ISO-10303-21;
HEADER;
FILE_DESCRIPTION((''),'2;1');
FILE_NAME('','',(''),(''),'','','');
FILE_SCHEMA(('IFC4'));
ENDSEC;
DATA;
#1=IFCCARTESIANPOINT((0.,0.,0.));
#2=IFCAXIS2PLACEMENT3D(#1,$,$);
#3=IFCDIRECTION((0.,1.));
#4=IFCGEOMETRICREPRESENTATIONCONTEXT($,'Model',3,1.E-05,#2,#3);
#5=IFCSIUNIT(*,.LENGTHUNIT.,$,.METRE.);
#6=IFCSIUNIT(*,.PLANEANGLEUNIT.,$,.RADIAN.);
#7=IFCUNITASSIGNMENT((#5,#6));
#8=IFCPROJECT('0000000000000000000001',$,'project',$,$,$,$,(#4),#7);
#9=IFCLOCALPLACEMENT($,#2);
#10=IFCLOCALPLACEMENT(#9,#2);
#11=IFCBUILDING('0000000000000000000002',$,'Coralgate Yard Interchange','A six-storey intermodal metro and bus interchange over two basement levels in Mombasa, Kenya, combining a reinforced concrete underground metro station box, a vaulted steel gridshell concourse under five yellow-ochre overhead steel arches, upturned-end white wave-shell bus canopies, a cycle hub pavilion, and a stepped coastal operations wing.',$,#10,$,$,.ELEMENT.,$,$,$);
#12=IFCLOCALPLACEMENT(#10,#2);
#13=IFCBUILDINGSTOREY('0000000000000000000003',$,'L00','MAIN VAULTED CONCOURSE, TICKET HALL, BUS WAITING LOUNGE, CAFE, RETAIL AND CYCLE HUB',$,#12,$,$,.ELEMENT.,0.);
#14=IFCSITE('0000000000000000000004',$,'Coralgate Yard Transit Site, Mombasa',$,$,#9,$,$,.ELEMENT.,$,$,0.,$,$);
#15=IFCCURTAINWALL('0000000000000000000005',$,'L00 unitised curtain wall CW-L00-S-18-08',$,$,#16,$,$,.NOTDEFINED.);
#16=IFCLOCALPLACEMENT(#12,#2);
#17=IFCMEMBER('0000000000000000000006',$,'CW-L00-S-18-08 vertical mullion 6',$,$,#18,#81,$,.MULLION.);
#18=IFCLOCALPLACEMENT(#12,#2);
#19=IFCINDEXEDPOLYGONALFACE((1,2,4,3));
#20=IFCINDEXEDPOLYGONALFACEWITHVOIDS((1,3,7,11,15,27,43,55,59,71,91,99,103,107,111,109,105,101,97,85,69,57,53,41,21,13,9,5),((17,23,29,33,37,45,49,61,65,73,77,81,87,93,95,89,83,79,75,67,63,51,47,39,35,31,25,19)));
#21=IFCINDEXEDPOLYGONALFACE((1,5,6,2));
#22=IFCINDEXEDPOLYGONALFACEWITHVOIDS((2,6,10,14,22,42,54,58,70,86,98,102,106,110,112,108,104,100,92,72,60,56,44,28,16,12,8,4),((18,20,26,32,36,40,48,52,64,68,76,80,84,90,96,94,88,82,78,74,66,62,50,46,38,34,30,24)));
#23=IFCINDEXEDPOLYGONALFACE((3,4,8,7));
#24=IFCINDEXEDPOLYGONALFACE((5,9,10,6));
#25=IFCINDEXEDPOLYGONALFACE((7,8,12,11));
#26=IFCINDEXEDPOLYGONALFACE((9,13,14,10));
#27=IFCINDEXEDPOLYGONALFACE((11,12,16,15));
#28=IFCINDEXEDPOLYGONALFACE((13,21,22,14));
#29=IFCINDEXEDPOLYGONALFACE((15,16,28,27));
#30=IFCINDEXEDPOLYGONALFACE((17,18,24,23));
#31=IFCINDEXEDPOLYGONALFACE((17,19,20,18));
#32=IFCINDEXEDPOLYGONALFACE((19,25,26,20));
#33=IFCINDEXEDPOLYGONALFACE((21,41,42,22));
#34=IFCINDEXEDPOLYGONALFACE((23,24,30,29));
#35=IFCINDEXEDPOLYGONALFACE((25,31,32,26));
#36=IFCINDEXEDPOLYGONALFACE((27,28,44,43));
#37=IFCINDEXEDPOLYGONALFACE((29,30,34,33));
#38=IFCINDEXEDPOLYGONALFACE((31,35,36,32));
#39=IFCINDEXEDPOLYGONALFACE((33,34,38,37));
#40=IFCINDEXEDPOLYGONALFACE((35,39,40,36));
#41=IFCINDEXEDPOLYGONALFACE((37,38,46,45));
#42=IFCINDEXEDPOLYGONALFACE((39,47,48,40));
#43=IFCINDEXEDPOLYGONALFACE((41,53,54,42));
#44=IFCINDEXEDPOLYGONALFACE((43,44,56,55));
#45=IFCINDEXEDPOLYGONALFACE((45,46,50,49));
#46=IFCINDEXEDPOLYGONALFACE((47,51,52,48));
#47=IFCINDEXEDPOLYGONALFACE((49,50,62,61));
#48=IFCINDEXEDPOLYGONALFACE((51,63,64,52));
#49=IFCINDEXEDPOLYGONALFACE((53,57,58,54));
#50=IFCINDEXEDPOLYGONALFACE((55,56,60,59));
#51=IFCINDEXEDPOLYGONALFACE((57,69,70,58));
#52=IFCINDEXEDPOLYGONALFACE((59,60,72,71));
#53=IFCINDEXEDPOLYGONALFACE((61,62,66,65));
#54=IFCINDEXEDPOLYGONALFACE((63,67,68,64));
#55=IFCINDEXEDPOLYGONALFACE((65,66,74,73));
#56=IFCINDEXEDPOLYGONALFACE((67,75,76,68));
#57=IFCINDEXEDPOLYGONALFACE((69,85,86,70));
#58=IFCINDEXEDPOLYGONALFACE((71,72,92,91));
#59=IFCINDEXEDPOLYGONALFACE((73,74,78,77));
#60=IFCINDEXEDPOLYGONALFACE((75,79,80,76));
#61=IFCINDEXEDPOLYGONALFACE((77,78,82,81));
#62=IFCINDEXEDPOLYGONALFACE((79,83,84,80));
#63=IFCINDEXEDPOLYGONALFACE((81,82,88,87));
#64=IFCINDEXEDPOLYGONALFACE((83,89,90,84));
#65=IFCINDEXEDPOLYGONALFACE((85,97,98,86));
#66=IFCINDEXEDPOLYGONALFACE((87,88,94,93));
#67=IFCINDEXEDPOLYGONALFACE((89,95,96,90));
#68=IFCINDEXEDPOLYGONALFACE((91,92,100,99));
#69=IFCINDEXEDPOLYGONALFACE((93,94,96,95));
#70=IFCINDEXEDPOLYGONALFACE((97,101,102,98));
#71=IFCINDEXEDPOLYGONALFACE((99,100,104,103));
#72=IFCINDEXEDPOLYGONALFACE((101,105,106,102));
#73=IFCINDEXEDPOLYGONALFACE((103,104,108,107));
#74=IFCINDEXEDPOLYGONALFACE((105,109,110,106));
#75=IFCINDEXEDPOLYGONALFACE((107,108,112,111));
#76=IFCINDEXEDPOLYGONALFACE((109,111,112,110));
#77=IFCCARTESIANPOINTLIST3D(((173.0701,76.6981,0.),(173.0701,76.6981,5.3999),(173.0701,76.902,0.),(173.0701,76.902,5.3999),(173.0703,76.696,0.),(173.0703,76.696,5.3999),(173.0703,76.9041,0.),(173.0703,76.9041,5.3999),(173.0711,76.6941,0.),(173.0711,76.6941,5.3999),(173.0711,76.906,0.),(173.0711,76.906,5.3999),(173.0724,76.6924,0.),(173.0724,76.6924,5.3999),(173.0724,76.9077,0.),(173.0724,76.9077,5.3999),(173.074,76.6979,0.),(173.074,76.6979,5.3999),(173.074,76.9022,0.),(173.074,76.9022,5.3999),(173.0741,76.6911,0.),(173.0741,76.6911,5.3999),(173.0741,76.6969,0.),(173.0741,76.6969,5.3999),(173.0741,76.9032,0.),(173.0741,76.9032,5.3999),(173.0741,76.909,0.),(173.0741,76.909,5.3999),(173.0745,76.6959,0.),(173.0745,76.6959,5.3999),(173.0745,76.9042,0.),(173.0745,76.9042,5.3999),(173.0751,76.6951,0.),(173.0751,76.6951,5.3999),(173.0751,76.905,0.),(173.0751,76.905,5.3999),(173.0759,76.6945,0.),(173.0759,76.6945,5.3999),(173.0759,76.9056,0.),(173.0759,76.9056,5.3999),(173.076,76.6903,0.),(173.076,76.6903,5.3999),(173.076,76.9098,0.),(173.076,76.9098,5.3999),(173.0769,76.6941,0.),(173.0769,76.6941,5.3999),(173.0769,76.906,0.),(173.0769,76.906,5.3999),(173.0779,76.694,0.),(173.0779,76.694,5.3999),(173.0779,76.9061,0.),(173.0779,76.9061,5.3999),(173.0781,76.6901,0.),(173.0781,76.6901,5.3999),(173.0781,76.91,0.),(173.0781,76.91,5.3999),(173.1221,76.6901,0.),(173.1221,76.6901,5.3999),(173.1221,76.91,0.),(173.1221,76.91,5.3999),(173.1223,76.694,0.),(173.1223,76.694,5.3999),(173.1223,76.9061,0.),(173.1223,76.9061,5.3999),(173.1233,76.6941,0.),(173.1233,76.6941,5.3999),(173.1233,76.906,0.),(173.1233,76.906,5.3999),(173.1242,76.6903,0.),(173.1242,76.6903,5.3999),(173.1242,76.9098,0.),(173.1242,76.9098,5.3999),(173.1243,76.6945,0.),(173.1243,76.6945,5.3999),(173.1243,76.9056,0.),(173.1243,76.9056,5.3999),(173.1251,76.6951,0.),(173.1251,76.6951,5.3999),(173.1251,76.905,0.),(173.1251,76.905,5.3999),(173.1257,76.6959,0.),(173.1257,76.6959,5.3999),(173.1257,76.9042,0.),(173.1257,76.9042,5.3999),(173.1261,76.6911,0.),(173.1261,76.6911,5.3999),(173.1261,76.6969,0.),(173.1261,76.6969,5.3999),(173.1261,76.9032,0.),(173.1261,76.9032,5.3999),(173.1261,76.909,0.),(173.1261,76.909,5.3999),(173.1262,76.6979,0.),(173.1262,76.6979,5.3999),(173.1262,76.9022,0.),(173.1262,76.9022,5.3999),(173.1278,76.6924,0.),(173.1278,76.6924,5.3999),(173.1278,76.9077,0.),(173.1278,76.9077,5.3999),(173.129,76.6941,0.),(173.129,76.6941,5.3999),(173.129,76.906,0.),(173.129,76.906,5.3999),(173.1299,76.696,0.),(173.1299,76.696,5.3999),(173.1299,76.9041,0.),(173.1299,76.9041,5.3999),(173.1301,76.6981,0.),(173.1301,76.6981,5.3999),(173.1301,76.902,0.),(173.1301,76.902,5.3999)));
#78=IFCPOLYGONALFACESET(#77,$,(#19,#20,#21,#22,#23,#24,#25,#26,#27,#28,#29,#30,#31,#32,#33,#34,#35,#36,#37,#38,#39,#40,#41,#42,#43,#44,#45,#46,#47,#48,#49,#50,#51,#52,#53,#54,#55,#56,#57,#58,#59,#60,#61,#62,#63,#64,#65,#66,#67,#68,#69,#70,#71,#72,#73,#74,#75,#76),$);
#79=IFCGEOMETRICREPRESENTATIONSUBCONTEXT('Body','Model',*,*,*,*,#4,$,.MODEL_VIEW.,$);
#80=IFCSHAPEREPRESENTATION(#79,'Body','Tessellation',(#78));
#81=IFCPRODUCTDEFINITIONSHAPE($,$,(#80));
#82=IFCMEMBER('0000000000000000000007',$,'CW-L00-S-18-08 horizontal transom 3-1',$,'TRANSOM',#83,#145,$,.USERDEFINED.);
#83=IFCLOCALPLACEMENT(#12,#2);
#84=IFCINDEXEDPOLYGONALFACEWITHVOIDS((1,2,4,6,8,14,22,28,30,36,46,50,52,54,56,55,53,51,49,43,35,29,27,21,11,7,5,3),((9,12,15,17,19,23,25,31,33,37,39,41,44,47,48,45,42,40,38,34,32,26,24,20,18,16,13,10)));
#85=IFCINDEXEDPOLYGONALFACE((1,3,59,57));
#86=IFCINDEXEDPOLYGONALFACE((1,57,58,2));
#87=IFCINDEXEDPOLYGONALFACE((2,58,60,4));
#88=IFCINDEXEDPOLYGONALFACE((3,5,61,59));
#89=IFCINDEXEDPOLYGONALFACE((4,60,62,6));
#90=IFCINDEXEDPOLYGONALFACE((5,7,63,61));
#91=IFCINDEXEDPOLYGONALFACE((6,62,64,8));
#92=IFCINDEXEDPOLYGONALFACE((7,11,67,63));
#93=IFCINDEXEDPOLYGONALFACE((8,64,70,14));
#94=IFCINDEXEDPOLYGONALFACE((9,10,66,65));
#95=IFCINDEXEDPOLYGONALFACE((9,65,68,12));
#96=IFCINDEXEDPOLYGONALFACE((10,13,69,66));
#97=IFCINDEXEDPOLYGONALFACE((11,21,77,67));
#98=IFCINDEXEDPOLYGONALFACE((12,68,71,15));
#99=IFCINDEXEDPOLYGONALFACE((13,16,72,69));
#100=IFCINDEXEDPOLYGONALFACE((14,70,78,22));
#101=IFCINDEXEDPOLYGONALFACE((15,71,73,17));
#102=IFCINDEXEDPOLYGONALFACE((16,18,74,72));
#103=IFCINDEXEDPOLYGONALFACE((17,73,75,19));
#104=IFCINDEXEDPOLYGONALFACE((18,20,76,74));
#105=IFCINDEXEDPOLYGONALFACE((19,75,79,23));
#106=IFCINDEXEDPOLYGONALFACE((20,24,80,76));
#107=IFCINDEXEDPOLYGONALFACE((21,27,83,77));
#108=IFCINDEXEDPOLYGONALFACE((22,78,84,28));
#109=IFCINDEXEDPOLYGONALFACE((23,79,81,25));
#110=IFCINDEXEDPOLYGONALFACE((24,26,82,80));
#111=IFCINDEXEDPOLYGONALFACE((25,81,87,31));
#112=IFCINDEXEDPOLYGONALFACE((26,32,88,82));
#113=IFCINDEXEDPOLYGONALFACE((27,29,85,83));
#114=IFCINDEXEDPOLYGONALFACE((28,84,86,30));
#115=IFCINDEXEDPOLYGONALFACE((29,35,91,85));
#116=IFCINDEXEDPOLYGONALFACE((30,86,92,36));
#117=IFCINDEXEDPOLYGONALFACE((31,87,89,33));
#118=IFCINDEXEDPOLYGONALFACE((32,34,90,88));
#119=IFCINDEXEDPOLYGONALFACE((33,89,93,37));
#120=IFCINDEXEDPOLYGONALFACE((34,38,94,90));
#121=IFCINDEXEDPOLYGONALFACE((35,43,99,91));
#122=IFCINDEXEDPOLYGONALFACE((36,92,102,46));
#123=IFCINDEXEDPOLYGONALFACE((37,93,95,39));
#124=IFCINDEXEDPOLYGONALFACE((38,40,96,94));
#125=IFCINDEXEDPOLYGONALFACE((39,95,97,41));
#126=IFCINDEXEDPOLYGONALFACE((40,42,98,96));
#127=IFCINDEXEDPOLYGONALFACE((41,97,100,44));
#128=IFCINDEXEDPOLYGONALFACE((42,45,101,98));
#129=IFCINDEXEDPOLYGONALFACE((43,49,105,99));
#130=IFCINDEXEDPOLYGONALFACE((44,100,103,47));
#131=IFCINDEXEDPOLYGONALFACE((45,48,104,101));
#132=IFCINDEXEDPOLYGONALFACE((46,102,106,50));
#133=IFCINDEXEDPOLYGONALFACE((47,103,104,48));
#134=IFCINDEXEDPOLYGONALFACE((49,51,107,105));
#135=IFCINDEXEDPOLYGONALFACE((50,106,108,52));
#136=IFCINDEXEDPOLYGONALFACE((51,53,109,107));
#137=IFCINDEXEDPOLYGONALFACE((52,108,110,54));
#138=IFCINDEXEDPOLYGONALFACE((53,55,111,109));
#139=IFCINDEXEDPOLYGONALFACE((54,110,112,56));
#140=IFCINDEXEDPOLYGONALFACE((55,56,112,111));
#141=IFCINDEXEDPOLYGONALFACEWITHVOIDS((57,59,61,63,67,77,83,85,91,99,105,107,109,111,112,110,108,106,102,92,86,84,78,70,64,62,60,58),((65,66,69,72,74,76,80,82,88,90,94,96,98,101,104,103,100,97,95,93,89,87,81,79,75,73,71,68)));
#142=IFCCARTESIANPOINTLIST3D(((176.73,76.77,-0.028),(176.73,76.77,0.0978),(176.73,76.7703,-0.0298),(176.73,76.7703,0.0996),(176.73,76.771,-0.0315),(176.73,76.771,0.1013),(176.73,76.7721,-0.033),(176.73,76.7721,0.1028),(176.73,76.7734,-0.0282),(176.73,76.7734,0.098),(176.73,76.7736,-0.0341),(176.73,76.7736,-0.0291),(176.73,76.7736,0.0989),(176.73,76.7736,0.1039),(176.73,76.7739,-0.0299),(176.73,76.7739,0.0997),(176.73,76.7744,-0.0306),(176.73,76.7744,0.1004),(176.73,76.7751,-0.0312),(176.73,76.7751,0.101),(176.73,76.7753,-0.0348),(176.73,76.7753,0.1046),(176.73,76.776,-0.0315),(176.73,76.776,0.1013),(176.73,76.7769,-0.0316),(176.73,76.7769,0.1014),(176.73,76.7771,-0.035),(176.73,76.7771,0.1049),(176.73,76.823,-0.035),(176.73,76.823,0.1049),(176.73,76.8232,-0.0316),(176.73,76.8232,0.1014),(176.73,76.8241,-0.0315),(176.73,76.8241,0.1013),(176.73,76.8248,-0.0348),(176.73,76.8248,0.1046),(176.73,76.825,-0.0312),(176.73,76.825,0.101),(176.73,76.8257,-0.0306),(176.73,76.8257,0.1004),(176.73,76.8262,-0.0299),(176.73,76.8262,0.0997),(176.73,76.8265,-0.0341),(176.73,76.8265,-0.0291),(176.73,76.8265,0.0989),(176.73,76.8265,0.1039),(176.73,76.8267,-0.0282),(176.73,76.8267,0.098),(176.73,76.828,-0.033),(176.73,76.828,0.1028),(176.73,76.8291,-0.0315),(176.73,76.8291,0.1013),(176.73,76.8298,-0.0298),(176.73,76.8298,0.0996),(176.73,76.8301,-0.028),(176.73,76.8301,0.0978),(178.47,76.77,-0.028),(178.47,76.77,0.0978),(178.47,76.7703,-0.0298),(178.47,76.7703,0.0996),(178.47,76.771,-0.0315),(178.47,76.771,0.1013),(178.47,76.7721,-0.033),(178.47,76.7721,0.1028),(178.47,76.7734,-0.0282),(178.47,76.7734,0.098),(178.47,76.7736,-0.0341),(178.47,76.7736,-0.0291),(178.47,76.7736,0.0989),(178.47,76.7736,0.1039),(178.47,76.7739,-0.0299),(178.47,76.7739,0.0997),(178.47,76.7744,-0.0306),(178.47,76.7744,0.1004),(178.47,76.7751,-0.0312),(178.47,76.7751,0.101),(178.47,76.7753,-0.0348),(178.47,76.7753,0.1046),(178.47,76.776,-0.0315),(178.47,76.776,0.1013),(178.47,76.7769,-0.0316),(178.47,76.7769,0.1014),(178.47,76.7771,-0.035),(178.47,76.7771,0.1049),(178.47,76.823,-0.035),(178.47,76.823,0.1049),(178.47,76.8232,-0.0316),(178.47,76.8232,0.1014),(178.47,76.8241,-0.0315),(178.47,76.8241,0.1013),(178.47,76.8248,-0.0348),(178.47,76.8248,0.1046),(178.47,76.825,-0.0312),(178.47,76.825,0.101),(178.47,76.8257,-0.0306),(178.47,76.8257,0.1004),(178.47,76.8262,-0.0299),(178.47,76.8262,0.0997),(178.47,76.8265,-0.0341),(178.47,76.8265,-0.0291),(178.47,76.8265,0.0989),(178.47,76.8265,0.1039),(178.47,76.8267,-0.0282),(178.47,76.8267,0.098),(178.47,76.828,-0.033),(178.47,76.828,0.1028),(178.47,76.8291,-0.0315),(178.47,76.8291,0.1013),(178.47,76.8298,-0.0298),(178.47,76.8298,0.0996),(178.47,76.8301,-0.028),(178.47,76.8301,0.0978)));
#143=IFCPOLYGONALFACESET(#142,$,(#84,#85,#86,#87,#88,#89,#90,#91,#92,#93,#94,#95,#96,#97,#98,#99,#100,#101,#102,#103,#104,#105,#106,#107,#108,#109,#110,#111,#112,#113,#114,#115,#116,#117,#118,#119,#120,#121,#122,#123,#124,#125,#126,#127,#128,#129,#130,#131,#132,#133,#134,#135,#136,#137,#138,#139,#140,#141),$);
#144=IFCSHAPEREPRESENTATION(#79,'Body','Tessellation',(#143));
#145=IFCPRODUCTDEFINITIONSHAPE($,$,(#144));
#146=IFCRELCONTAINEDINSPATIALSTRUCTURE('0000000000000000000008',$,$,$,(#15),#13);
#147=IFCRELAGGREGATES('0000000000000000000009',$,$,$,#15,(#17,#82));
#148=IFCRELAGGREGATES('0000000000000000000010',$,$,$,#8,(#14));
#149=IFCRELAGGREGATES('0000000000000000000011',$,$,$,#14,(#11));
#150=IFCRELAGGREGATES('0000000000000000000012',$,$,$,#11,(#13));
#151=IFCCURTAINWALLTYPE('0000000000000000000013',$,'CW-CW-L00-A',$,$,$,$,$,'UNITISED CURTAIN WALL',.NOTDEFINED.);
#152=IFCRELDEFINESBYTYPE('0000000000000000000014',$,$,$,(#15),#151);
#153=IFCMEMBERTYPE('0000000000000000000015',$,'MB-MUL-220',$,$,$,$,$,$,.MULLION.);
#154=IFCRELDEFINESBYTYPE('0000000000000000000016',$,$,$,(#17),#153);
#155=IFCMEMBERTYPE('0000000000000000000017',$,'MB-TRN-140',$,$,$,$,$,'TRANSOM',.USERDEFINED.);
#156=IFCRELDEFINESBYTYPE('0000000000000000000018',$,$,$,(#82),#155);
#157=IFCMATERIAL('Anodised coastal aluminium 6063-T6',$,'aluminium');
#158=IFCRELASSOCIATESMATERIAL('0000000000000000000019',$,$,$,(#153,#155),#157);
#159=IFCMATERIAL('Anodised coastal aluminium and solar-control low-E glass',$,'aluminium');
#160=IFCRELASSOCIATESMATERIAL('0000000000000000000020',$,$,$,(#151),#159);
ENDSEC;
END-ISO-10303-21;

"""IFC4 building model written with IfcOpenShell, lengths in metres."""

from ifc_helpers import new_model, si_unit, direction, frame, origin, origin_2d, place, context, subcontext, project, spatial, hollow_rectangle, extrude, material, material_profile, profile_set, type_object, element, aggregate, save


model = new_model("IFC4")

# Units and contexts
model_context = context("Model", 3, precision=1e-05, world=origin(), true_north=direction((0.0, 1.0)))
body_context = subcontext(model_context, "Body", "Model", "MODEL_VIEW")
ifc_project = project(units=[si_unit("LENGTHUNIT", "METRE"), si_unit("PLANEANGLEUNIT", "RADIAN")], contexts=[model_context])

# Site, building, storey
site_placement = place(None, origin())
site = spatial("IfcSite", under=ifc_project, at=site_placement, Name="Coralgate Yard Transit Site, Mombasa", CompositionType="ELEMENT", RefElevation=0.0)
building_placement = place(site_placement, origin())
building = spatial("IfcBuilding", under=site, at=building_placement, Name="Coralgate Yard Interchange", Description="A six-storey intermodal metro and bus interchange over two basement levels in Mombasa, Kenya, combining a reinforced concrete underground metro station box, a vaulted steel gridshell concourse under five yellow-ochre overhead steel arches, upturned-end white wave-shell bus canopies, a cycle hub pavilion, and a stepped coastal operations wing.", CompositionType="ELEMENT")
storey_placement = place(building_placement, origin())
storey = spatial("IfcBuildingStorey", under=building, at=storey_placement, Name="L00", Description="MAIN VAULTED CONCOURSE, TICKET HALL, BUS WAITING LOUNGE, CAFE, RETAIL AND CYCLE HUB", CompositionType="ELEMENT", Elevation=0.0)

# Shared definitions
ifc_material_1 = material(Name="Anodised coastal aluminium and solar-control low-E glass", Category="aluminium")
ifc_material_2 = material(Name="Anodised coastal aluminium 6063-T6", Category="aluminium")
ifc_material_profile_1 = material_profile(ifc_material_2, hollow_rectangle(XDim=0.0601, YDim=0.22, WallThickness=0.0039, InnerFilletRadius=0.0039, OuterFilletRadius=0.0081, at=origin_2d()), Name="ALU 60x220x4")
ifc_profile_set_1 = profile_set([ifc_material_profile_1], Name="Anodised coastal aluminium 6063-T6")
member_type_1 = type_object("IfcMemberType", Name="MB-MUL-220", PredefinedType="MULLION", material=ifc_profile_set_1)

# Curtain wall, members
curtain_wall_type_1 = type_object("IfcCurtainWallType", Name="CW-CW-L00-A", ElementType="UNITISED CURTAIN WALL", PredefinedType="NOTDEFINED", material=ifc_material_1)
curtain_wall_1_placement = place(storey_placement, origin())
curtain_wall_1 = element("IfcCurtainWall", 1, at=curtain_wall_1_placement, inside=storey, type_object=curtain_wall_type_1, Name="L00 unitised curtain wall CW-L00-S-18-08", PredefinedType="NOTDEFINED")
member_1_placement = place(storey_placement, frame((173.1001, 76.8, 0.0), z_axis=(0.0, 0.0, 1.0), x_axis=(1.0, 0.0, 0.0)))
member_1 = element("IfcMember", 2, at=member_1_placement, type_object=member_type_1, Name="CW-L00-S-18-08 vertical mullion 6", PredefinedType="MULLION", context=body_context, shape_type="SweptSolid", body=[
    extrude(hollow_rectangle(XDim=0.0601, YDim=0.22, WallThickness=0.0039, InnerFilletRadius=0.0039, OuterFilletRadius=0.0081, at=origin_2d()), origin(), (0.0, 0.0, 1.0), 5.3999),
])
ifc_material_profile_2 = material_profile(ifc_material_2, hollow_rectangle(XDim=0.0601, YDim=0.1399, WallThickness=0.0034, InnerFilletRadius=0.0034, OuterFilletRadius=0.0071, at=origin_2d()), Name="ALU 60x140x3.5")
ifc_profile_set_2 = profile_set([ifc_material_profile_2], Name="Anodised coastal aluminium 6063-T6")
member_type_2 = type_object("IfcMemberType", Name="MB-TRN-140", ElementType="TRANSOM", PredefinedType="USERDEFINED", material=ifc_profile_set_2)
member_2_placement = place(storey_placement, frame((178.47, 76.8, 0.0349), z_axis=(-1.0, 0.0, 0.0), x_axis=(0.0, -1.0, 0.0)))
member_2 = element("IfcMember", 3, at=member_2_placement, type_object=member_type_2, Name="CW-L00-S-18-08 horizontal transom 3-1", ObjectType="TRANSOM", PredefinedType="USERDEFINED", context=body_context, shape_type="SweptSolid", body=[
    extrude(hollow_rectangle(XDim=0.0601, YDim=0.1399, WallThickness=0.0034, InnerFilletRadius=0.0034, OuterFilletRadius=0.0071, at=origin_2d()), origin(), (0.0, 0.0, 1.0), 1.74),
])
aggregate(curtain_wall_1, [member_1, member_2])

save(model, "model.ifc")
